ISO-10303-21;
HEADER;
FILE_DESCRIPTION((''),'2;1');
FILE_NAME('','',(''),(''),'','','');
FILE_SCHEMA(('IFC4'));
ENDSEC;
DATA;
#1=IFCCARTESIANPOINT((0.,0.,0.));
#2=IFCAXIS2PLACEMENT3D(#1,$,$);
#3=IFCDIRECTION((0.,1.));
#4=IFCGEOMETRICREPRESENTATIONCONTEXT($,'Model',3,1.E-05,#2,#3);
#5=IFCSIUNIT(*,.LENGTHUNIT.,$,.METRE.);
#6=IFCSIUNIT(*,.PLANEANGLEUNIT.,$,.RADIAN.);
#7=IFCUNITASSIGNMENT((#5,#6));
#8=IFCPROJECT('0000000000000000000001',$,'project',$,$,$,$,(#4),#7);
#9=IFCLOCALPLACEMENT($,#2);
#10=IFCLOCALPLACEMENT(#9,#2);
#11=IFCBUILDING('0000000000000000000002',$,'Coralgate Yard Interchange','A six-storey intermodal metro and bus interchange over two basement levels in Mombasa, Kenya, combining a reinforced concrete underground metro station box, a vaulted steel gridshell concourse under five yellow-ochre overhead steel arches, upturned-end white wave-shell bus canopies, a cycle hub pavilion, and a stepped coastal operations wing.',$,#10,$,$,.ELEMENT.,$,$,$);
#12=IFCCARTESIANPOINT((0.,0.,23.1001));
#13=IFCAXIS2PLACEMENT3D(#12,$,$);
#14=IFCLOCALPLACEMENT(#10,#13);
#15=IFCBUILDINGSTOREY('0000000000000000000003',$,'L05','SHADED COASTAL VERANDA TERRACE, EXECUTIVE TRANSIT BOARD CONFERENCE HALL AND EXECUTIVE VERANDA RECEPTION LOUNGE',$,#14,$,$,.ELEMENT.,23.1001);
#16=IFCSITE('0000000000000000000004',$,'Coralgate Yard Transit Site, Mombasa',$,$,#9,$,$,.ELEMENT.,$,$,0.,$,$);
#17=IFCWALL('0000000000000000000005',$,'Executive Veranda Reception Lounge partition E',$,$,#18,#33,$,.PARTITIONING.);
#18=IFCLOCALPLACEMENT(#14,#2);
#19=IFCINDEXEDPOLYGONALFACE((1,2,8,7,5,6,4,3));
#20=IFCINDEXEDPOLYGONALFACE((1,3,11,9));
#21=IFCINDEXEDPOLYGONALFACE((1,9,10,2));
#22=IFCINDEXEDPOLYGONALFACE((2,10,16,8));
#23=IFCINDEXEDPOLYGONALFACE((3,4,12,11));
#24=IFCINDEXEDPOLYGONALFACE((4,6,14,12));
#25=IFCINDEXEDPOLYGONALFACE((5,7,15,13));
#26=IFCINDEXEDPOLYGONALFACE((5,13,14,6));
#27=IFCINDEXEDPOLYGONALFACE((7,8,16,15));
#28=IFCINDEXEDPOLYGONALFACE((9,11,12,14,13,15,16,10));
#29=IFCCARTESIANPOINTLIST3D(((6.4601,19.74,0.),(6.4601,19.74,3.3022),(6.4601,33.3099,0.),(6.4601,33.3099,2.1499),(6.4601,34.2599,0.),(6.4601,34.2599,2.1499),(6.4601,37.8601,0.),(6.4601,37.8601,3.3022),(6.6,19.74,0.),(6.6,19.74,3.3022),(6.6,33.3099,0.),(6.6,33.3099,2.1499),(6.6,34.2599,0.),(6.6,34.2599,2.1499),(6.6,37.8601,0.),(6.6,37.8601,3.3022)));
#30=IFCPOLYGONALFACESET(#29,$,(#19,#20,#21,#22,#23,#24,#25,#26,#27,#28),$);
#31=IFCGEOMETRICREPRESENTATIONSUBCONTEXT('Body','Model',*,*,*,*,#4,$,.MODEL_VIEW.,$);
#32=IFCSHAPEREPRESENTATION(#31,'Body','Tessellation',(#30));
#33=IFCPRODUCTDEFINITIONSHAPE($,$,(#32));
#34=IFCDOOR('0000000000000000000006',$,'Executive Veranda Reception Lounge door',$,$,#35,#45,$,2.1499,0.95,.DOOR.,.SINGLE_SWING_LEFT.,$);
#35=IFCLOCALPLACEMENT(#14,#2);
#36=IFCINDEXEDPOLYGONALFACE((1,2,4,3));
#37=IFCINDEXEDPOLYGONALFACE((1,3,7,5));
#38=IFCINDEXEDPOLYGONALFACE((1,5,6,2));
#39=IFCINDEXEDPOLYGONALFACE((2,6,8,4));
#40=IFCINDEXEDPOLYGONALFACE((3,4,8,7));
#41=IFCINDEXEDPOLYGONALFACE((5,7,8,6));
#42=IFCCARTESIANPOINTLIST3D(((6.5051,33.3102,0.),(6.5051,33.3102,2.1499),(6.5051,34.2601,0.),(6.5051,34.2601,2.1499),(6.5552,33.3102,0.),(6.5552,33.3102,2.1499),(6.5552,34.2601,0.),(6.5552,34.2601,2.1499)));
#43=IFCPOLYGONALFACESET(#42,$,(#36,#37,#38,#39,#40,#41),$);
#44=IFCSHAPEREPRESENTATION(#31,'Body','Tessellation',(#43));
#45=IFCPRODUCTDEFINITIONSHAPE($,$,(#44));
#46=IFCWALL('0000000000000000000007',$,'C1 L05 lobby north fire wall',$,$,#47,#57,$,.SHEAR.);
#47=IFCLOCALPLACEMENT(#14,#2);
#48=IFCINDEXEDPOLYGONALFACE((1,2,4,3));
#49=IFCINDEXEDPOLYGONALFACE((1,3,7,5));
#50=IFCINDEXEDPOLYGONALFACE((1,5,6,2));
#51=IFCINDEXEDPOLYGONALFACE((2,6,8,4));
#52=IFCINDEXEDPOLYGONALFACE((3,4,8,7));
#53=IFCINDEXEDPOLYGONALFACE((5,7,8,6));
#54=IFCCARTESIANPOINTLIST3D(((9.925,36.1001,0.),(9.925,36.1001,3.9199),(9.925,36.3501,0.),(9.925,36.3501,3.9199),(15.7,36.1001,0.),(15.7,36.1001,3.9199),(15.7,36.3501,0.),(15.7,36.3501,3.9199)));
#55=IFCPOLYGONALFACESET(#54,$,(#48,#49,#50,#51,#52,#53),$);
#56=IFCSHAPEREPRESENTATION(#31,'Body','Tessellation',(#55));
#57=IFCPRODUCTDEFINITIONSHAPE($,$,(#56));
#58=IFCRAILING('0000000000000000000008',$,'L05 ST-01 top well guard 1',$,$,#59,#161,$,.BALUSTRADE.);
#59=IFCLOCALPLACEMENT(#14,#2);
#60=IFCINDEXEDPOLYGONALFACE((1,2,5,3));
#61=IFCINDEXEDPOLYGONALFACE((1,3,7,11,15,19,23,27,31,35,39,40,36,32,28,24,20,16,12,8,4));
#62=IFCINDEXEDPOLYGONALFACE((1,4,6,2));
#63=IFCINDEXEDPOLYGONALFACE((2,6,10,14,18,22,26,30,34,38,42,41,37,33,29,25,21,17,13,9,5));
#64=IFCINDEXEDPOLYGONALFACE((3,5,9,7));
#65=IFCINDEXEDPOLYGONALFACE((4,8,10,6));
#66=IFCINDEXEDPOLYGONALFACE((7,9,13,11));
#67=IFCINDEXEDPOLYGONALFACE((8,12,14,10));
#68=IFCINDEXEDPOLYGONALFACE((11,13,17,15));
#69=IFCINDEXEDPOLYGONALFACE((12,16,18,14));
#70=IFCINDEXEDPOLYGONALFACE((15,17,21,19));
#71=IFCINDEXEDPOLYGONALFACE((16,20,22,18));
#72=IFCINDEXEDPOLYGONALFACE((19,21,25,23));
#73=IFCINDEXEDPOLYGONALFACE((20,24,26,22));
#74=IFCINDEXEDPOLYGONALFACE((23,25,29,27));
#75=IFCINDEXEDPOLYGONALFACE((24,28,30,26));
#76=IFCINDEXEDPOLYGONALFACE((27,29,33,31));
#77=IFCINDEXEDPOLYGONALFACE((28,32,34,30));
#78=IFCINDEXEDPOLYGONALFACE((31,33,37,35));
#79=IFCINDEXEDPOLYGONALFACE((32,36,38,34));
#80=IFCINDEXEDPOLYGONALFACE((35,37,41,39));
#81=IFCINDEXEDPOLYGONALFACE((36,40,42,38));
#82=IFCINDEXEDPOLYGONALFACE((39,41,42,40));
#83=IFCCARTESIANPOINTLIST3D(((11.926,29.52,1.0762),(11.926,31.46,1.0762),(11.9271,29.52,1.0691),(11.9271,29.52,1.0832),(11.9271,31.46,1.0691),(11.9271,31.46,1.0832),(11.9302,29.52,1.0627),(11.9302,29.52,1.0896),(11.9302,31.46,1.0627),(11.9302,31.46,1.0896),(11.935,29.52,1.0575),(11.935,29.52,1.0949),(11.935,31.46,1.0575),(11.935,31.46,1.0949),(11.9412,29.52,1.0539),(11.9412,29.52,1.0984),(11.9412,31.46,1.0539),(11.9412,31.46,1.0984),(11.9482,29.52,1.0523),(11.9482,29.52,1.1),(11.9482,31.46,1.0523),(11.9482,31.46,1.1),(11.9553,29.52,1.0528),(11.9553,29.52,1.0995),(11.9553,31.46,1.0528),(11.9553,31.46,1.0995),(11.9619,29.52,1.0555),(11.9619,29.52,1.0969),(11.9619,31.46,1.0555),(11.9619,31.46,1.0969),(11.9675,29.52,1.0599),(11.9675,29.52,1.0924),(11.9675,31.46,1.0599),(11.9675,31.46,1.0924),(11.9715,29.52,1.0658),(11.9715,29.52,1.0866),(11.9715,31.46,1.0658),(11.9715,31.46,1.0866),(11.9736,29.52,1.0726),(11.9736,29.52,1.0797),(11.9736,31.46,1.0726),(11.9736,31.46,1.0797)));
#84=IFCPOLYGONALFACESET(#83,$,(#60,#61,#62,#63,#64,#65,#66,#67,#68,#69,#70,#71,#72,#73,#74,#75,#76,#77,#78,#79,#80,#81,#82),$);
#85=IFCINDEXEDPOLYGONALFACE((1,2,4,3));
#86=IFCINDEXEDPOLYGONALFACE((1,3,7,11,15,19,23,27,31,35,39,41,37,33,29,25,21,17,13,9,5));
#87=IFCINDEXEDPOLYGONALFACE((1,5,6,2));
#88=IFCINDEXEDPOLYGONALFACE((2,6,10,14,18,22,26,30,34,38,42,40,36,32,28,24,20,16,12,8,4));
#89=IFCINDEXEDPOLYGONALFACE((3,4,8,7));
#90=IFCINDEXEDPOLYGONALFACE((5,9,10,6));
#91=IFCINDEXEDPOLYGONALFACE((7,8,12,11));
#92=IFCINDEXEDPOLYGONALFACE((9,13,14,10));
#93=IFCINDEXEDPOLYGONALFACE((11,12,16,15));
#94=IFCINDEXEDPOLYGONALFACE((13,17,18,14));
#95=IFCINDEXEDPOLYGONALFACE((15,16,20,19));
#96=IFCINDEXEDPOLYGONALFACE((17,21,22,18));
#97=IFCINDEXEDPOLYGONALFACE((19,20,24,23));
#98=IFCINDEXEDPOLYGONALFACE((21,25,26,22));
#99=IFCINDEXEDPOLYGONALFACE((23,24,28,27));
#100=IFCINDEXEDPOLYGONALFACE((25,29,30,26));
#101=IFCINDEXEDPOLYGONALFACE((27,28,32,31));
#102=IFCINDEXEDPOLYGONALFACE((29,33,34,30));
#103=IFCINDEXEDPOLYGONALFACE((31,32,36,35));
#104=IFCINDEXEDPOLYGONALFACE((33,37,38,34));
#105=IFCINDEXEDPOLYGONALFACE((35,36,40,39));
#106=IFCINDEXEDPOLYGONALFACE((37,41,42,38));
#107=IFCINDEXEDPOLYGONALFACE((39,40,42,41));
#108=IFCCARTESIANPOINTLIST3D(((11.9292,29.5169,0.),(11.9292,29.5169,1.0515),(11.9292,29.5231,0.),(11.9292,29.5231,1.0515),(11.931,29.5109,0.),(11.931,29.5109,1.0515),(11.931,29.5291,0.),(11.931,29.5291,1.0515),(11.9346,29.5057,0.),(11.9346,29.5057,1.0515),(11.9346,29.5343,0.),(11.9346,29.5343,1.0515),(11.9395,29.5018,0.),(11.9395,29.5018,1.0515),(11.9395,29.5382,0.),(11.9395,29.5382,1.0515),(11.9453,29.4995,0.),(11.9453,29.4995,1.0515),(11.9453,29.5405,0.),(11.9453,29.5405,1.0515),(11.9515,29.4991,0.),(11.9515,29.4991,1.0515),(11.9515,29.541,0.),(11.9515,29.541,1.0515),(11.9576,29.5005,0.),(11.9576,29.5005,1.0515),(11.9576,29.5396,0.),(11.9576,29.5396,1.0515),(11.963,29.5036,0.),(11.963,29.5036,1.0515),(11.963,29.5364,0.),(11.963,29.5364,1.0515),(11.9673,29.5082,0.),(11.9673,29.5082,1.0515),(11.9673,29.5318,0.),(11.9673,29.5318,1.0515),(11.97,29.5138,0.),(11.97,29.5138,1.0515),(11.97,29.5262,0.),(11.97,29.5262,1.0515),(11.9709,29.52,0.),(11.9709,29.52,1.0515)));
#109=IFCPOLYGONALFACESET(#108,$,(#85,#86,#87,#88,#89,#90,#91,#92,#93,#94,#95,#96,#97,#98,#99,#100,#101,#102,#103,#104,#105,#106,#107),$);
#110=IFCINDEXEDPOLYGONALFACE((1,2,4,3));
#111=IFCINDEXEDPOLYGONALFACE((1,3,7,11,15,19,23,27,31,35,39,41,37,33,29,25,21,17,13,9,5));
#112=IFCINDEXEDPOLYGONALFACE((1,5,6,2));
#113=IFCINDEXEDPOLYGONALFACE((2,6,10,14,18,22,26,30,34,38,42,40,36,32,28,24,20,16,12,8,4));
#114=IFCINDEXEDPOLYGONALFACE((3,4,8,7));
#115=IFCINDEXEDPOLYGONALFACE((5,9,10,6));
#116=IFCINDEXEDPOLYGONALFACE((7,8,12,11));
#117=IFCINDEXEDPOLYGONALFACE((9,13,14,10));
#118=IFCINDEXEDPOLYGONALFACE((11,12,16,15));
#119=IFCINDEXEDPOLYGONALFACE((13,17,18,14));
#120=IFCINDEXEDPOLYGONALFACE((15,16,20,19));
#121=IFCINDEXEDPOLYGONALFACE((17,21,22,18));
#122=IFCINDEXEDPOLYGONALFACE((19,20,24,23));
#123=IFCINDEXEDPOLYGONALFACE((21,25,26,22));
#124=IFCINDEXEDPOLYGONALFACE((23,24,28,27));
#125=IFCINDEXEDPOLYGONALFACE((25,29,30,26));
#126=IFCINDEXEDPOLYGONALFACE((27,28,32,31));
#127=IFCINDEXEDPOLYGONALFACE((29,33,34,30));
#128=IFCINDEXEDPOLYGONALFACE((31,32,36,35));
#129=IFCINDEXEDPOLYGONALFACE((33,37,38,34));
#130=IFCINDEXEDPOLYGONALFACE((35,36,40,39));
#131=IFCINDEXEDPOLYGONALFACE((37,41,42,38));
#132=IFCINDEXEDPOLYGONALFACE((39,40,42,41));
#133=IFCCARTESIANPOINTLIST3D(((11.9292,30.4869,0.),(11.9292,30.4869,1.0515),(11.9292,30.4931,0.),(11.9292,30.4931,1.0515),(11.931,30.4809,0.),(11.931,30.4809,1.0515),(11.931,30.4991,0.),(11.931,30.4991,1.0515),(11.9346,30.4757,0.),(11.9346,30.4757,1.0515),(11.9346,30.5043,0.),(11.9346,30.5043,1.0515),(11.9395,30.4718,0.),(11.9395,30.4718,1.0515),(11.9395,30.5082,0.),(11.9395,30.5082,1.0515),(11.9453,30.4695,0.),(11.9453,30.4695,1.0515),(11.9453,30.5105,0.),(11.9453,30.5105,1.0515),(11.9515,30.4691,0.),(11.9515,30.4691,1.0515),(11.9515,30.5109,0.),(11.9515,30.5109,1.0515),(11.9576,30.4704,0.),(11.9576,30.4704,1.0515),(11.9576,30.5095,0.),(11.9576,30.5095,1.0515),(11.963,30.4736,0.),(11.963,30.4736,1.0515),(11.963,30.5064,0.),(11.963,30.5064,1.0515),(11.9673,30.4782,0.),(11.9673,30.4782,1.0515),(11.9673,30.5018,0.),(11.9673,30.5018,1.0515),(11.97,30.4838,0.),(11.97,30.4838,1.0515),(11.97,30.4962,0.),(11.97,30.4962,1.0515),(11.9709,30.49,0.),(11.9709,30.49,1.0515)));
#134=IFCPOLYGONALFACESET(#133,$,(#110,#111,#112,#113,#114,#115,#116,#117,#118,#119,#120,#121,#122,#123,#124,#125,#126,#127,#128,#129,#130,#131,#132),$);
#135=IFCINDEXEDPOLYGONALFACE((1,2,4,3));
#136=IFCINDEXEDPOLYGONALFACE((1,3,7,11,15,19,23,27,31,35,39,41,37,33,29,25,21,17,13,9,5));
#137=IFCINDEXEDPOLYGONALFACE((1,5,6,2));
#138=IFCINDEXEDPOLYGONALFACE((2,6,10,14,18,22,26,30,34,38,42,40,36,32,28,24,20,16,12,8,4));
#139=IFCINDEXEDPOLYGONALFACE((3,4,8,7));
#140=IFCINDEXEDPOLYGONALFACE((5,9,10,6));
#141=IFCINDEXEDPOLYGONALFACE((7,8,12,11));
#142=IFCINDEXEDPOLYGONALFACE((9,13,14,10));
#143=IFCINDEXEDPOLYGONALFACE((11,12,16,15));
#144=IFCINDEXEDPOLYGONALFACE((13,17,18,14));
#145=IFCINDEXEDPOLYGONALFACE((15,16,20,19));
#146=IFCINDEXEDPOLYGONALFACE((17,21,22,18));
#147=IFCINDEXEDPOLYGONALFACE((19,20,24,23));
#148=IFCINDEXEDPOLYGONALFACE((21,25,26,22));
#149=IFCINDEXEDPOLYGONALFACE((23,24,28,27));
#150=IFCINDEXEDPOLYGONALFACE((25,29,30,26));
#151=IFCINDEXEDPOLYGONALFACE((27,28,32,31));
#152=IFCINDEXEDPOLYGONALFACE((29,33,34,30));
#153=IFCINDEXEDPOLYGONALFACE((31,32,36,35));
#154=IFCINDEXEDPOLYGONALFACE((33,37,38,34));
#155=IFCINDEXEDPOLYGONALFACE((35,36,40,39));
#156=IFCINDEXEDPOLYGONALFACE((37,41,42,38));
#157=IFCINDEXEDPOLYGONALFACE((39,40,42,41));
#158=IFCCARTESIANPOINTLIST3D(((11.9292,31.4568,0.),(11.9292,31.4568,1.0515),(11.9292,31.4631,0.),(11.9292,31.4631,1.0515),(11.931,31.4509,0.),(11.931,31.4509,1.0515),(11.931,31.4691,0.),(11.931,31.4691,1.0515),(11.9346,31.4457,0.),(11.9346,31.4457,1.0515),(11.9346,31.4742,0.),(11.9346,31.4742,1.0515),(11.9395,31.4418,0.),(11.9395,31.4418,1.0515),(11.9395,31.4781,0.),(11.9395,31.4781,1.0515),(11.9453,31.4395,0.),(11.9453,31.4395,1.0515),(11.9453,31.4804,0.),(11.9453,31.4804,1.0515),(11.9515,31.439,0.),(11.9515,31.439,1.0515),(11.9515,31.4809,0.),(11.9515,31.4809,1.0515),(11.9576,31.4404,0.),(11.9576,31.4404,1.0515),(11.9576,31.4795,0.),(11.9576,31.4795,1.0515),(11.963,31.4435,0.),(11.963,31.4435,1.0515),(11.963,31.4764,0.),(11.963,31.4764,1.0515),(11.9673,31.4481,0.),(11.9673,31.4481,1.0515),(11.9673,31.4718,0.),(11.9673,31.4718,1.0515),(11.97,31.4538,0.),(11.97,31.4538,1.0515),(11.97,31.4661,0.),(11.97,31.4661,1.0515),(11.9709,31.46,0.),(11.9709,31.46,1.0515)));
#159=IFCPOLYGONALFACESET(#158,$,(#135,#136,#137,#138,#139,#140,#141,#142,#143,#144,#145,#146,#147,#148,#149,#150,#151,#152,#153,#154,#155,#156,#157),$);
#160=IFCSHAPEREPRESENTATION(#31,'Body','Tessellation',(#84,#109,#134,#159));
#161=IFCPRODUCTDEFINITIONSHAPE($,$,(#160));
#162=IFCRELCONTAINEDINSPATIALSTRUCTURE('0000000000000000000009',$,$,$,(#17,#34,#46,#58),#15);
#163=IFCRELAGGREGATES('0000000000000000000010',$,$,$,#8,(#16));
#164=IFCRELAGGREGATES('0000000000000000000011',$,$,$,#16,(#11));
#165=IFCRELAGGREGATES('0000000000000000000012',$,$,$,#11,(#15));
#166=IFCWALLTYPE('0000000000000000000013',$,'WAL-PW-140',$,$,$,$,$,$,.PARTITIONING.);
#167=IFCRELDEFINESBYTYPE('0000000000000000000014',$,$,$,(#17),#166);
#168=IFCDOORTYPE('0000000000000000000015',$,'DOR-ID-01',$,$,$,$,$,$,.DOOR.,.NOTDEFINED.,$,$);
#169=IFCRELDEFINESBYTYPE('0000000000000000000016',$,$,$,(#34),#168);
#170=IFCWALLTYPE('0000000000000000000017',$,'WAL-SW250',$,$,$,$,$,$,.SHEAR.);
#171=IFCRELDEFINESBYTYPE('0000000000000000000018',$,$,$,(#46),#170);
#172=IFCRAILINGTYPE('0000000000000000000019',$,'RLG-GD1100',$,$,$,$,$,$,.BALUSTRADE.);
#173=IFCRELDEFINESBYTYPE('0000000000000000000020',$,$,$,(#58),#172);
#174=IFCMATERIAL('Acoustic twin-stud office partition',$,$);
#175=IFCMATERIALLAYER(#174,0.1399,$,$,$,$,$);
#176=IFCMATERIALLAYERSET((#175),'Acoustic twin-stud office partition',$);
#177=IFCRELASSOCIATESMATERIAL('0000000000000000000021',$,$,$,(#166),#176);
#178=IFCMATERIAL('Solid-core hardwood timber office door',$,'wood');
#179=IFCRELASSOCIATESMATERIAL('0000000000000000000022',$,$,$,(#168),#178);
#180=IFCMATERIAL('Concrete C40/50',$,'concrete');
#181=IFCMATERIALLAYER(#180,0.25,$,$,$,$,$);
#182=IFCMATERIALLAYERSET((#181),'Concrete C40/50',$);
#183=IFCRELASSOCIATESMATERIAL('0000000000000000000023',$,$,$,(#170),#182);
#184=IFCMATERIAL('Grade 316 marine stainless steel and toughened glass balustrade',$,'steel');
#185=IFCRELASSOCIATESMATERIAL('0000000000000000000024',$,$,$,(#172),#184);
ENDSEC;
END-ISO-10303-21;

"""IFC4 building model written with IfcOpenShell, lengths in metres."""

from ifc_helpers import new_model, si_unit, direction, frame, frame_2d, origin, origin_2d, place, context, subcontext, project, spatial, rectangle, circle, extrude, material, layer, layer_set, type_object, element, fill, save


model = new_model("IFC4")

# Units and contexts
model_context = context("Model", 3, precision=1e-05, world=origin(), true_north=direction((0.0, 1.0)))
body_context = subcontext(model_context, "Body", "Model", "MODEL_VIEW")
ifc_project = project(units=[si_unit("LENGTHUNIT", "METRE"), si_unit("PLANEANGLEUNIT", "RADIAN")], contexts=[model_context])

# Site, building, storey
site_placement = place(None, origin())
site = spatial("IfcSite", under=ifc_project, at=site_placement, Name="Coralgate Yard Transit Site, Mombasa", CompositionType="ELEMENT", RefElevation=0.0)
building_placement = place(site_placement, origin())
building = spatial("IfcBuilding", under=site, at=building_placement, Name="Coralgate Yard Interchange", Description="A six-storey intermodal metro and bus interchange over two basement levels in Mombasa, Kenya, combining a reinforced concrete underground metro station box, a vaulted steel gridshell concourse under five yellow-ochre overhead steel arches, upturned-end white wave-shell bus canopies, a cycle hub pavilion, and a stepped coastal operations wing.", CompositionType="ELEMENT")
storey_placement = place(building_placement, frame((0.0, 0.0, 23.1001)))
storey = spatial("IfcBuildingStorey", under=building, at=storey_placement, Name="L05", Description="SHADED COASTAL VERANDA TERRACE, EXECUTIVE TRANSIT BOARD CONFERENCE HALL AND EXECUTIVE VERANDA RECEPTION LOUNGE", CompositionType="ELEMENT", Elevation=23.1001)

# Shared definitions
ifc_material_1 = material(Name="Concrete C40/50", Category="concrete")

# Wall, opening, door
ifc_material_2 = material(Name="Acoustic twin-stud office partition")
ifc_layer_1 = layer(ifc_material_2, 0.1399)
ifc_layer_set_1 = layer_set([ifc_layer_1], Name="Acoustic twin-stud office partition")
wall_type_1 = type_object("IfcWallType", Name="WAL-PW-140", PredefinedType="PARTITIONING", material=ifc_layer_set_1)
wall_1_placement = place(storey_placement, frame((6.53, 37.8601, 0.0), z_axis=(0.0, 0.0, 1.0), x_axis=(0.0, -1.0, 0.0)))
wall_1 = element("IfcWall", 1, at=wall_1_placement, inside=storey, type_object=wall_type_1, Name="Executive Veranda Reception Lounge partition E", PredefinedType="PARTITIONING", context=body_context, shape_type="SweptSolid", body=[
    extrude(rectangle(XDim=18.1201, YDim=0.1399, at=frame_2d((9.0601, 0.0))), origin(), (0.0, 0.0, 1.0), 3.3022),
])
opening_1_placement = place(wall_1_placement, frame((3.6001, 0.0, 0.0)))
opening_1 = element("IfcOpeningElement", 2, at=opening_1_placement, cuts=wall_1, PredefinedType="OPENING", context=body_context, shape_type="SweptSolid", body=[
    extrude(rectangle(XDim=0.95, YDim=2.1499, at=frame_2d((0.4751, 1.075))), frame((0.0, 0.0798, 0.0), z_axis=(0.0, -1.0, 0.0), x_axis=(1.0, 0.0, 0.0)), (0.0, 0.0, 1.0), 0.1599),
])
ifc_material_3 = material(Name="Solid-core hardwood timber office door", Category="wood")
door_type_1 = type_object("IfcDoorType", Name="DOR-ID-01", OperationType="NOTDEFINED", PredefinedType="DOOR", material=ifc_material_3)
door_1_placement = place(opening_1_placement, frame((0.95, 0.0, 0.0), z_axis=(0.0, 0.0, 1.0), x_axis=(-1.0, 0.0, 0.0)))
door_1 = element("IfcDoor", 3, at=door_1_placement, inside=storey, type_object=door_type_1, Name="Executive Veranda Reception Lounge door", OperationType="SINGLE_SWING_LEFT", OverallHeight=2.1499, OverallWidth=0.95, PredefinedType="DOOR", context=body_context, shape_type="SweptSolid", body=[
    extrude(rectangle(XDim=0.95, YDim=2.1499, at=frame_2d((0.4751, 1.075))), frame((0.0, 0.0249, 0.0), z_axis=(0.0, -1.0, 0.0), x_axis=(1.0, 0.0, 0.0)), (0.0, 0.0, 1.0), 0.05),
])
fill(opening_1, door_1)

# Wall
ifc_layer_2 = layer(ifc_material_1, 0.25)
ifc_layer_set_2 = layer_set([ifc_layer_2], Name="Concrete C40/50")
wall_type_2 = type_object("IfcWallType", Name="WAL-SW250", PredefinedType="SHEAR", material=ifc_layer_set_2)
wall_2_placement = place(storey_placement, frame((15.7, 36.2251, 0.0), z_axis=(0.0, 0.0, 1.0), x_axis=(-1.0, 0.0, 0.0)))
element("IfcWall", 4, at=wall_2_placement, inside=storey, type_object=wall_type_2, Name="C1 L05 lobby north fire wall", PredefinedType="SHEAR", context=body_context, shape_type="SweptSolid", body=[
    extrude(rectangle(XDim=5.7749, YDim=0.25, at=frame_2d((2.8875, 0.0))), origin(), (0.0, 0.0, 1.0), 3.9199),
])

# Railing
ifc_material_4 = material(Name="Grade 316 marine stainless steel and toughened glass balustrade", Category="steel")
railing_type = type_object("IfcRailingType", Name="RLG-GD1100", PredefinedType="BALUSTRADE", material=ifc_material_4)
railing_placement = place(storey_placement, frame((11.95, 29.52, 0.0)))
element("IfcRailing", 5, at=railing_placement, inside=storey, type_object=railing_type, Name="L05 ST-01 top well guard 1", PredefinedType="BALUSTRADE", context=body_context, shape_type="SweptSolid", body=[
    extrude(circle(Radius=0.0239, at=origin_2d()), frame((0.0, 0.0, 1.0762), z_axis=(0.0, 1.0, 0.0), x_axis=(-1.0, 0.0, 0.0)), (0.0, 0.0, 1.0), 1.9399),
    extrude(circle(Radius=0.021, at=origin_2d()), origin(), (0.0, 0.0, 1.0), 1.0515),
    extrude(circle(Radius=0.021, at=origin_2d()), frame((0.0, 0.97, 0.0)), (0.0, 0.0, 1.0), 1.0515),
    extrude(circle(Radius=0.021, at=origin_2d()), frame((0.0, 1.9399, 0.0)), (0.0, 0.0, 1.0), 1.0515),
])

save(model, "model.ifc")
